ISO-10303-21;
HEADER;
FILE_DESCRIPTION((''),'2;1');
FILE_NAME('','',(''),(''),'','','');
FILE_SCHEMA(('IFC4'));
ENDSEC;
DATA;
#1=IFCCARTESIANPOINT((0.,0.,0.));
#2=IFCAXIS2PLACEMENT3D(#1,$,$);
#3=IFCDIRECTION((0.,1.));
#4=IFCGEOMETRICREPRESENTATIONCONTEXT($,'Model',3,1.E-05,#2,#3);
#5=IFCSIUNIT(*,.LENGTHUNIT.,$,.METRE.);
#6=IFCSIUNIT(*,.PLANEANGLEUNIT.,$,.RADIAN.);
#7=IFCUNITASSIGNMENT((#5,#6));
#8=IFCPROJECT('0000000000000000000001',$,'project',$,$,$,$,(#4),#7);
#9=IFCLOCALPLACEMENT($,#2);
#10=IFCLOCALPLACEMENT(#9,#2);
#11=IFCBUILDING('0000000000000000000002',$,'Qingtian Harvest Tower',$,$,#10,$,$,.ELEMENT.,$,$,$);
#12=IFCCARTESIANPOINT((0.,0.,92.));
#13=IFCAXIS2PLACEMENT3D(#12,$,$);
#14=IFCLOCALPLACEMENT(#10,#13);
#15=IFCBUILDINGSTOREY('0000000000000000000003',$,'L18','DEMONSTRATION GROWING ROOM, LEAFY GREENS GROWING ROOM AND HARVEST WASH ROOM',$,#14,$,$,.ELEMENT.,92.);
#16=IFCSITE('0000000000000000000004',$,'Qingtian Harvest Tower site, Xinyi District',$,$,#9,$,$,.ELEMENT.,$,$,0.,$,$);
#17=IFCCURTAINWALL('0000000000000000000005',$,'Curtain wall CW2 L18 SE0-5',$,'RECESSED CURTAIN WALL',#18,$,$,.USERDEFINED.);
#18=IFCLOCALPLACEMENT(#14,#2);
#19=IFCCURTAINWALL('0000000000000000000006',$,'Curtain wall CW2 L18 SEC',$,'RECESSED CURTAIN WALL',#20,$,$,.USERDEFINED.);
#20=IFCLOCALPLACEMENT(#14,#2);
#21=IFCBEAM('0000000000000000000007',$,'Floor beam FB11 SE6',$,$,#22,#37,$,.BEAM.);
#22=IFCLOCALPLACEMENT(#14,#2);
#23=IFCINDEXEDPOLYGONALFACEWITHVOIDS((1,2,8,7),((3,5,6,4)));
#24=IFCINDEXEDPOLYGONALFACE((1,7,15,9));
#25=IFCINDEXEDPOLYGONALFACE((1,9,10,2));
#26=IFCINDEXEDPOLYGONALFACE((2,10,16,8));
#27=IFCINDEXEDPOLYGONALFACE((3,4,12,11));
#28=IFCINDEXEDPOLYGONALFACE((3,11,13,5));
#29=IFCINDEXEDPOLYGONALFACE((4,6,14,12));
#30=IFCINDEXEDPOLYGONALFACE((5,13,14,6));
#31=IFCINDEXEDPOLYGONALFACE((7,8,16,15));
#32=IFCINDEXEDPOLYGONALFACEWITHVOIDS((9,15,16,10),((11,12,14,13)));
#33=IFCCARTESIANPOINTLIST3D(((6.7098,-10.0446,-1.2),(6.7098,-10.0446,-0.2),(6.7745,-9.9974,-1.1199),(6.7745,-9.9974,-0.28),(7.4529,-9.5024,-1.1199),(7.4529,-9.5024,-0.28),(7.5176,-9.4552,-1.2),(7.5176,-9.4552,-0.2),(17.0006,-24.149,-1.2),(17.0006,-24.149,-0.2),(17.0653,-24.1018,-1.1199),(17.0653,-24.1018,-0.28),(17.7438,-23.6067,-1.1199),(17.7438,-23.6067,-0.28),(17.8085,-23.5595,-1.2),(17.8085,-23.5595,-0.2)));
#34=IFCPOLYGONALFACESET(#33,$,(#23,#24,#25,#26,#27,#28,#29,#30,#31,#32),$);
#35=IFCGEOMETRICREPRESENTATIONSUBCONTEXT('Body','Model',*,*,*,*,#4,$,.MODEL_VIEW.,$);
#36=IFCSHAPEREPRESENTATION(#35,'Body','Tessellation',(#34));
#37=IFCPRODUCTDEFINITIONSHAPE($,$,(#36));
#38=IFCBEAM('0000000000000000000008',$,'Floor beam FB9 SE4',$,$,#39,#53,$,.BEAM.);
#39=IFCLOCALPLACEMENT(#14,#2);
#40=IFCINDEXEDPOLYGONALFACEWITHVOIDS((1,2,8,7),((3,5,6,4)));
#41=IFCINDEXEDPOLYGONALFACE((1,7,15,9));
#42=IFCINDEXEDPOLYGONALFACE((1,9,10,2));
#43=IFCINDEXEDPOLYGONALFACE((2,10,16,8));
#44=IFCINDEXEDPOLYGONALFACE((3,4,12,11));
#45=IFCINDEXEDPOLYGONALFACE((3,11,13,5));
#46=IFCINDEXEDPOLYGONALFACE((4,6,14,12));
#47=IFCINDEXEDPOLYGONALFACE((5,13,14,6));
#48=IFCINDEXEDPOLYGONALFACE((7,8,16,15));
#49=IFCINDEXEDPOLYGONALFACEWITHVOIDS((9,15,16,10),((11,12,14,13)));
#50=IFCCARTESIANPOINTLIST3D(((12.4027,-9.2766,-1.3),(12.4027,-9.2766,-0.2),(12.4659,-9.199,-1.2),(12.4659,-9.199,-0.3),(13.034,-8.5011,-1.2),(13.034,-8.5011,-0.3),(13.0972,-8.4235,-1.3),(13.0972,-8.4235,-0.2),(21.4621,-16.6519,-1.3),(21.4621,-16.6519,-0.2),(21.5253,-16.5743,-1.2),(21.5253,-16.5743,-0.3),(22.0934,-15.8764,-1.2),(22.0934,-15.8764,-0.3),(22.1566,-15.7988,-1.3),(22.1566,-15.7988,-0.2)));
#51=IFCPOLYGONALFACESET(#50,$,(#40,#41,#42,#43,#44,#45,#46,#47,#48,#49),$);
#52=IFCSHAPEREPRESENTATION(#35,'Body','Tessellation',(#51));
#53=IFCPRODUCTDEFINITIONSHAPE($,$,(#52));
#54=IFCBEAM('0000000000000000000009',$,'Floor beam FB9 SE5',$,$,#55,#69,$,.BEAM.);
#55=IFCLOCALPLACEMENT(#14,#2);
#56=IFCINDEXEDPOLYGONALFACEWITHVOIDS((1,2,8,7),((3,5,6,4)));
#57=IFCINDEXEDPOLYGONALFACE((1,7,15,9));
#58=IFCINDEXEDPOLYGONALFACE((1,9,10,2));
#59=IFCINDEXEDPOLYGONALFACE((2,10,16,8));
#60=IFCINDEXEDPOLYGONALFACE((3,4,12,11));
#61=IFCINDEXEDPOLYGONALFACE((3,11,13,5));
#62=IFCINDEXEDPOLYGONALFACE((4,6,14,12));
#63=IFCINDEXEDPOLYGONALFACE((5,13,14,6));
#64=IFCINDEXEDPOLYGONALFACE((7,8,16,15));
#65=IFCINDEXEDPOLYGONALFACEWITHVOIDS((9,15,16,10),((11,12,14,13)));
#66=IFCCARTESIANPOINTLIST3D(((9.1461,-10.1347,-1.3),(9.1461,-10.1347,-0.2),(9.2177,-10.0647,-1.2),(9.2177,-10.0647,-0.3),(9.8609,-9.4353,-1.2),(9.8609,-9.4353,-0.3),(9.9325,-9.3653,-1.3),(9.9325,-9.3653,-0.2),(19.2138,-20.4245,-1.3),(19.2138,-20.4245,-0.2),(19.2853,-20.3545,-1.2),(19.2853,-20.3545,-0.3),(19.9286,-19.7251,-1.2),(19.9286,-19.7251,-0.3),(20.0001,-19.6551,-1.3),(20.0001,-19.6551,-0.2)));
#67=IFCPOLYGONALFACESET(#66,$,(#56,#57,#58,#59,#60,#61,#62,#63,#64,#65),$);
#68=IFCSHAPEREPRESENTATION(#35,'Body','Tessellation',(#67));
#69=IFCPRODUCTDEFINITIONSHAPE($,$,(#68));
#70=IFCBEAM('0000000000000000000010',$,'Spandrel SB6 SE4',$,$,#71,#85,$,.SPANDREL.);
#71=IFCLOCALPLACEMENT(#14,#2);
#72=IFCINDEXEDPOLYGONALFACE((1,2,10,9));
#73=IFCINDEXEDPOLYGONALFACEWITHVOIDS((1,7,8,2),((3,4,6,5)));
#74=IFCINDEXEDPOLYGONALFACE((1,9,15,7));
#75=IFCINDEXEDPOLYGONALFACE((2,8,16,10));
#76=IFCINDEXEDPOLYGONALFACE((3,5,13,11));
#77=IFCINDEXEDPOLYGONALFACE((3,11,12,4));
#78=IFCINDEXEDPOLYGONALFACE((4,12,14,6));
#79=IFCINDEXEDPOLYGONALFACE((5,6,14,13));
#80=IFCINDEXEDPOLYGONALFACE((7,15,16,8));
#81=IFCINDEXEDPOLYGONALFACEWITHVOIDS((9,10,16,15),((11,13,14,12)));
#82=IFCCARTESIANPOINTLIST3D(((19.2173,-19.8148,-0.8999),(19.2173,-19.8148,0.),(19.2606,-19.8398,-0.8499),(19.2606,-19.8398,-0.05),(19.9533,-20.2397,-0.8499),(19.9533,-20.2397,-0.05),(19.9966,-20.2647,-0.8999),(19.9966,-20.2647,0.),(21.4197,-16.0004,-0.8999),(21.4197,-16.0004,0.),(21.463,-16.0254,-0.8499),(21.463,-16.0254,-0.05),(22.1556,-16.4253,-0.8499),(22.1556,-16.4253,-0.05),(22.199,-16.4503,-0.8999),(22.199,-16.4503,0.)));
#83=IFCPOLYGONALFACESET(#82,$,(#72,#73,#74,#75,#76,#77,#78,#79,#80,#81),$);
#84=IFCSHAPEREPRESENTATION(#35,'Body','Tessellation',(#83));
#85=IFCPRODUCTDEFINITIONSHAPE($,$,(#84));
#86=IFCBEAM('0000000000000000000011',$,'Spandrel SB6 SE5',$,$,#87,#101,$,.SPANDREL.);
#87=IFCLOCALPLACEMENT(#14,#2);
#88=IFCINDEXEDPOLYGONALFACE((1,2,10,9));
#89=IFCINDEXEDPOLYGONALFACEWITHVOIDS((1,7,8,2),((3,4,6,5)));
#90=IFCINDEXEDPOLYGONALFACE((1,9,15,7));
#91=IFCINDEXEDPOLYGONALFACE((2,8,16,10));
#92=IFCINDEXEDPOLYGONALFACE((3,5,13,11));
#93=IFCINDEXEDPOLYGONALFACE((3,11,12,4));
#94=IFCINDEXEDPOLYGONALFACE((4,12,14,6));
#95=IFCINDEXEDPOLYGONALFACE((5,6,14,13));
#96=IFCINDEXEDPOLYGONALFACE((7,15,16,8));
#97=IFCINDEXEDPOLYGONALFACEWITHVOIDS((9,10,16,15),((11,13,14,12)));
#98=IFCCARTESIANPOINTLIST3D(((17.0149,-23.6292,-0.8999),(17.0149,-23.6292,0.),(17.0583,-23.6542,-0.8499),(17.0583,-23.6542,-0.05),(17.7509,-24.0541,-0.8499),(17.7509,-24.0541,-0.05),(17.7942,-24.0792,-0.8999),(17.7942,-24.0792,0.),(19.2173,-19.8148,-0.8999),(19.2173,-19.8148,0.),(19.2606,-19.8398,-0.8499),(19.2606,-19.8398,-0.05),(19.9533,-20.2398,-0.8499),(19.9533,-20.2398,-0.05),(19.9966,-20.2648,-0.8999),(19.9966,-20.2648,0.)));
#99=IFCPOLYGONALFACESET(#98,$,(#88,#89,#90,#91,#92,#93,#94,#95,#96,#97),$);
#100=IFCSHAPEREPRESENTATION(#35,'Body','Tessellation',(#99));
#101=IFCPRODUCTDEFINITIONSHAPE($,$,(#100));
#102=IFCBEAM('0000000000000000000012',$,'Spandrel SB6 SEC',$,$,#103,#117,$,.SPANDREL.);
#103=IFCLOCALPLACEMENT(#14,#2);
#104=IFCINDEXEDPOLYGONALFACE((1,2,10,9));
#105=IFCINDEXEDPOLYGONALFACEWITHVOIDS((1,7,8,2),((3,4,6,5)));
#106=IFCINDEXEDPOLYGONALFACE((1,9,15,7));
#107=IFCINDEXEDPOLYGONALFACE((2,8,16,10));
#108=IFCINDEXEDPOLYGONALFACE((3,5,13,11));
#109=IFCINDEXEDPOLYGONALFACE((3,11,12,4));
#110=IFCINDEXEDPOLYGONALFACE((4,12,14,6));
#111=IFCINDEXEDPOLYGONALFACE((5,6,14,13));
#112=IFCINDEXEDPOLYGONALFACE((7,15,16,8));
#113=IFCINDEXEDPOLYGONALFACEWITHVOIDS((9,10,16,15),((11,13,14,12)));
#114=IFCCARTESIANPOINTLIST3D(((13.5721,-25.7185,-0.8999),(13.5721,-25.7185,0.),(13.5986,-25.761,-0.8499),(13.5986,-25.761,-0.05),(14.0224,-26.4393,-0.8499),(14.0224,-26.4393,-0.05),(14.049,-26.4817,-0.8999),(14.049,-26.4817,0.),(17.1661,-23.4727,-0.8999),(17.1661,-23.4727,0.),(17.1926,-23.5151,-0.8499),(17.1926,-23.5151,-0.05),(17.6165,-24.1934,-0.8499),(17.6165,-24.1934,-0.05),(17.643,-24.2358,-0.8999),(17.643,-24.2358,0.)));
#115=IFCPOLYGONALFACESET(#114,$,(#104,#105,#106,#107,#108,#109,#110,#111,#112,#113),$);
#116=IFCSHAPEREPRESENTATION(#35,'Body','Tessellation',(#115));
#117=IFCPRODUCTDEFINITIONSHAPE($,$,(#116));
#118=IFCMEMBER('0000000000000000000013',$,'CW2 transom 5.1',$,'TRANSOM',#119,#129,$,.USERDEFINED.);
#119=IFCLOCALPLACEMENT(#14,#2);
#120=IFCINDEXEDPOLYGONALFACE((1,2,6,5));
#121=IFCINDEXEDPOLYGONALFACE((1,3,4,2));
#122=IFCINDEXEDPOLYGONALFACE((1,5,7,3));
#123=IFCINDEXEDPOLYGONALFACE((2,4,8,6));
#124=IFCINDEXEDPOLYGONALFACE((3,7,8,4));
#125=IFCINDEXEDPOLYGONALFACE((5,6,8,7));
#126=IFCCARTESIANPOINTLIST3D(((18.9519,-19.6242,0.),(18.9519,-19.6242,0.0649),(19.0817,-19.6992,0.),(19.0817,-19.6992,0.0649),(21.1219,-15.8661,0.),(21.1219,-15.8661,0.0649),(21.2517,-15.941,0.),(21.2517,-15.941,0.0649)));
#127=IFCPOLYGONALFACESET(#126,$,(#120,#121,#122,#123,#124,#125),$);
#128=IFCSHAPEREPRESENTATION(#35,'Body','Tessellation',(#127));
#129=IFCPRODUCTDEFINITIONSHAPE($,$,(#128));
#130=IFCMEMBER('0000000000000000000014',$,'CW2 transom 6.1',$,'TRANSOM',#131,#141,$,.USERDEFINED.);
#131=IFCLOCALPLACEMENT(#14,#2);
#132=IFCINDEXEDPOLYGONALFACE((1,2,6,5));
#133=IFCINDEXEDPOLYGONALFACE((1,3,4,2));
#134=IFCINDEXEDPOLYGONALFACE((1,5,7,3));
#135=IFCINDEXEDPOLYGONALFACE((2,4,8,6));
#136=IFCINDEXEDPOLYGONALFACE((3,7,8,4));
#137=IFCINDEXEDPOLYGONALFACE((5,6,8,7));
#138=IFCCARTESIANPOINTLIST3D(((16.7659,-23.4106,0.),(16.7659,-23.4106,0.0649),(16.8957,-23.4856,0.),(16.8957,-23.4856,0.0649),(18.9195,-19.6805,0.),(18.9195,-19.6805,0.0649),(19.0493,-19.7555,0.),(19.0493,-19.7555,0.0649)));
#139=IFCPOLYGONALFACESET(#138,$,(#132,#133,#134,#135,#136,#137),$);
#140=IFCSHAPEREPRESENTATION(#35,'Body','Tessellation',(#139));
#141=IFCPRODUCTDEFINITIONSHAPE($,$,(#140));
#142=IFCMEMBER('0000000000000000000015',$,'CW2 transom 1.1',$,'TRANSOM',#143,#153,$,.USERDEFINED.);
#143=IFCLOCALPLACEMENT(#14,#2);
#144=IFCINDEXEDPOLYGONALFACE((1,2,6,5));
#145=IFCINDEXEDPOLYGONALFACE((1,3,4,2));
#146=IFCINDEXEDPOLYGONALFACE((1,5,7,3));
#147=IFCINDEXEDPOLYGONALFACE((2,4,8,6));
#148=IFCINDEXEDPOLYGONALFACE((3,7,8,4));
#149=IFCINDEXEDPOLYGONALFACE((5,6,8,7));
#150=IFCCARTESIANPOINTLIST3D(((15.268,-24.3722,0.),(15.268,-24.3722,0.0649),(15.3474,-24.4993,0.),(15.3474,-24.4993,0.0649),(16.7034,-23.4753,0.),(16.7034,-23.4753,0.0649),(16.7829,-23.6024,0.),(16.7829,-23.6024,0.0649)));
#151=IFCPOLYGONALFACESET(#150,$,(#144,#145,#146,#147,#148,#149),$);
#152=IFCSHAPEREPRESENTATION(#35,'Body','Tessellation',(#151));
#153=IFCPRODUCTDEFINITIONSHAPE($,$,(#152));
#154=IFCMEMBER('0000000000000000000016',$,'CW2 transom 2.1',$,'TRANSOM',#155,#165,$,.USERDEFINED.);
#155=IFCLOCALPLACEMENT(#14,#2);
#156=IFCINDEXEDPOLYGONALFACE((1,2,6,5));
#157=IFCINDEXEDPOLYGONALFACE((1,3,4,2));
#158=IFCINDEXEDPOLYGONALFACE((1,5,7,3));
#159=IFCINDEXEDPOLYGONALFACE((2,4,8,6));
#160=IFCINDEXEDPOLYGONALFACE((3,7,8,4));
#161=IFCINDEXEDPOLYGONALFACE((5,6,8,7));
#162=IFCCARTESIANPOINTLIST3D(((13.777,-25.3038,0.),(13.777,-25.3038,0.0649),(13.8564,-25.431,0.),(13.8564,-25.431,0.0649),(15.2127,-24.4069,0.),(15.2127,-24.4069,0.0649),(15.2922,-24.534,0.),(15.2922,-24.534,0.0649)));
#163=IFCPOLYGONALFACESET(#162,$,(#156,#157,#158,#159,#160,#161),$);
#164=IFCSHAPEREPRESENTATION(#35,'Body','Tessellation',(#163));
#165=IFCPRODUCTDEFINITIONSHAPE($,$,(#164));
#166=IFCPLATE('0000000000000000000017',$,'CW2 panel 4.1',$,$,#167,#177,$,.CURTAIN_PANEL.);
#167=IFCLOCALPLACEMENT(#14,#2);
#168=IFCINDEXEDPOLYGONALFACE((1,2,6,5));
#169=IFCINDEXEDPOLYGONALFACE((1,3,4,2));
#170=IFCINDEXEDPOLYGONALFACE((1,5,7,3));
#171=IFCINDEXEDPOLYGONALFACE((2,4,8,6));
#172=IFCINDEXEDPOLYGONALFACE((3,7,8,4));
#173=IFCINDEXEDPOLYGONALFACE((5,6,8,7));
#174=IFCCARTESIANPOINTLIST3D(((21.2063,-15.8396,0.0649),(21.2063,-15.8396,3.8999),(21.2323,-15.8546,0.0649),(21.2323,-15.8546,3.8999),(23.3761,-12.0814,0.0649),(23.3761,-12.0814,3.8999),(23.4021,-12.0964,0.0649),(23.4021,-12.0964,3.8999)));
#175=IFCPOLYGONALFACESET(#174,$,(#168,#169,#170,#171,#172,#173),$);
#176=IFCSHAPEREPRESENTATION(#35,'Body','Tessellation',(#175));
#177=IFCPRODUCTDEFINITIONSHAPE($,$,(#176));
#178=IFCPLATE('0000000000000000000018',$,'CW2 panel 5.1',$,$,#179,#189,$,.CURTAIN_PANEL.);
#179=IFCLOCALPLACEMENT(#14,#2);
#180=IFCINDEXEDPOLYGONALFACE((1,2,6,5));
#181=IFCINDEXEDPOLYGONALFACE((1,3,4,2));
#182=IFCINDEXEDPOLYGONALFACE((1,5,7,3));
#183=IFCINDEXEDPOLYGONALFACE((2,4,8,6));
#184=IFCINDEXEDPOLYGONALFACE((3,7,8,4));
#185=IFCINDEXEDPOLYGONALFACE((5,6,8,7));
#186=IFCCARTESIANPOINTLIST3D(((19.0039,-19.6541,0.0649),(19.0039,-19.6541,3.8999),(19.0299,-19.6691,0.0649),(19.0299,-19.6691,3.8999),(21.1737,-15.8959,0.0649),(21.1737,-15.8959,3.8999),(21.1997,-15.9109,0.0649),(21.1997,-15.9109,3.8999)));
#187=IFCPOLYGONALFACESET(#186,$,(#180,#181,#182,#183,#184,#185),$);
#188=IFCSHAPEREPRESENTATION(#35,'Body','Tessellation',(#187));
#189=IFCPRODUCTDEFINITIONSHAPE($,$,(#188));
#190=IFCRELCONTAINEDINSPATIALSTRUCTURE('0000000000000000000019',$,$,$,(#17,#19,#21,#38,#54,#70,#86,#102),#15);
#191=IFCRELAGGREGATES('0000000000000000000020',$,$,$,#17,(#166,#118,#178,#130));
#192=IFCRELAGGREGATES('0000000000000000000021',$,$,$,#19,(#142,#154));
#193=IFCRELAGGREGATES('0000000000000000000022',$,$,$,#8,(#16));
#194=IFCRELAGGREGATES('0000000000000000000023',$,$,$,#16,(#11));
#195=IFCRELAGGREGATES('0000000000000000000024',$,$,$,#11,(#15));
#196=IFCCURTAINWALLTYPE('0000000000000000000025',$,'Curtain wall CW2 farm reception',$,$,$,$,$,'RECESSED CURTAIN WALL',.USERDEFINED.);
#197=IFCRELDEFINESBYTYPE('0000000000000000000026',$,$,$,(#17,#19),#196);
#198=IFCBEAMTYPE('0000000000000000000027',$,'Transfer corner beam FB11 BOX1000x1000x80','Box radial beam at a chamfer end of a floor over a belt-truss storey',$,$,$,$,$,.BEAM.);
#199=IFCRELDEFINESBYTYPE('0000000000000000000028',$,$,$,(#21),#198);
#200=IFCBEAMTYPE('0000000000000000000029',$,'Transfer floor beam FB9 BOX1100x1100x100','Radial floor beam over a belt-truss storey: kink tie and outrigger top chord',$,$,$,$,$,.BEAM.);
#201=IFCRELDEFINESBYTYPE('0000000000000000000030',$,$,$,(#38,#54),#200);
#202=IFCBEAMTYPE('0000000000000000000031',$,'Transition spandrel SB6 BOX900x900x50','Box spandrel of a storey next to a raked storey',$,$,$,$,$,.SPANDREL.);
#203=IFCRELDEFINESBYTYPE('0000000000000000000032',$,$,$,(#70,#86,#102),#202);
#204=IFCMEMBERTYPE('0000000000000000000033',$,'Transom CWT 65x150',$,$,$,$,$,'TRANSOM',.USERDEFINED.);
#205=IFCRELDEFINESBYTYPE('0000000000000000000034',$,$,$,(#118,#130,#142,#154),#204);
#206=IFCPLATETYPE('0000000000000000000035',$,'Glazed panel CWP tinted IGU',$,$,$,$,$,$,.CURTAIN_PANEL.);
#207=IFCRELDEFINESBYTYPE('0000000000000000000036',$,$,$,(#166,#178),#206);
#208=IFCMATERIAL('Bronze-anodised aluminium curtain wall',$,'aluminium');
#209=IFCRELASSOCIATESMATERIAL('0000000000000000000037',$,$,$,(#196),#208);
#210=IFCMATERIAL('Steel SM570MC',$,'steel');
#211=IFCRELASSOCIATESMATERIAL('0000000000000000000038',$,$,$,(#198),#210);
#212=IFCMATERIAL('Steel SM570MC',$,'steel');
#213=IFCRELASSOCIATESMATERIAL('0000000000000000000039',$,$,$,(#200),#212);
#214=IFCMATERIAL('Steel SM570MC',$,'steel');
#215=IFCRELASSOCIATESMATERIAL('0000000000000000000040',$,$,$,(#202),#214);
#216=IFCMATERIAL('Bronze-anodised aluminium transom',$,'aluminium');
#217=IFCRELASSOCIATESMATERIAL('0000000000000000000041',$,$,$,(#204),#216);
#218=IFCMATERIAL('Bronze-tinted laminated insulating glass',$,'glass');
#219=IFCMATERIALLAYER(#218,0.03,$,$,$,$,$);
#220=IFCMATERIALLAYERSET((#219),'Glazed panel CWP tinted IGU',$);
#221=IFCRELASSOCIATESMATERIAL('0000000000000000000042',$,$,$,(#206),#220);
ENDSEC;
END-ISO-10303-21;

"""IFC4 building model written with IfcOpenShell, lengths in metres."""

from ifc_helpers import new_model, si_unit, direction, frame, origin, origin_2d, place, context, subcontext, project, spatial, rectangle, hollow_rectangle, extrude, material, layer, layer_set, material_profile, profile_set, type_object, element, aggregate, save


model = new_model("IFC4")

# Units and contexts
model_context = context("Model", 3, precision=1e-05, world=origin(), true_north=direction((0.0, 1.0)))
body_context = subcontext(model_context, "Body", "Model", "MODEL_VIEW")
ifc_project = project(units=[si_unit("LENGTHUNIT", "METRE"), si_unit("PLANEANGLEUNIT", "RADIAN")], contexts=[model_context])

# Site, building, storey
site_placement = place(None, origin())
site = spatial("IfcSite", under=ifc_project, at=site_placement, Name="Qingtian Harvest Tower site, Xinyi District", CompositionType="ELEMENT", RefElevation=0.0)
building_placement = place(site_placement, origin())
building = spatial("IfcBuilding", under=site, at=building_placement, Name="Qingtian Harvest Tower", CompositionType="ELEMENT")
storey_placement = place(building_placement, frame((0.0, 0.0, 92.0)))
storey = spatial("IfcBuildingStorey", under=building, at=storey_placement, Name="L18", Description="DEMONSTRATION GROWING ROOM, LEAFY GREENS GROWING ROOM AND HARVEST WASH ROOM", CompositionType="ELEMENT", Elevation=92.0)

# Curtain walls
ifc_material_1 = material(Name="Bronze-anodised aluminium curtain wall", Category="aluminium")
curtain_wall_type = type_object("IfcCurtainWallType", Name="Curtain wall CW2 farm reception", ElementType="RECESSED CURTAIN WALL", PredefinedType="USERDEFINED", material=ifc_material_1)
curtain_wall_1_placement = place(storey_placement, origin())
curtain_wall_1 = element("IfcCurtainWall", 1, at=curtain_wall_1_placement, inside=storey, type_object=curtain_wall_type, Name="Curtain wall CW2 L18 SE0-5", ObjectType="RECESSED CURTAIN WALL", PredefinedType="USERDEFINED")
curtain_wall_2_placement = place(storey_placement, origin())
curtain_wall_2 = element("IfcCurtainWall", 2, at=curtain_wall_2_placement, inside=storey, type_object=curtain_wall_type, Name="Curtain wall CW2 L18 SEC", ObjectType="RECESSED CURTAIN WALL", PredefinedType="USERDEFINED")

# Beams
ifc_material_2 = material(Name="Steel SM570MC", Category="steel")
ifc_material_profile_1 = material_profile(ifc_material_2, hollow_rectangle(XDim=1.0, YDim=1.0, WallThickness=0.0801, at=origin_2d()), Name="BOX1000x1000x80")
ifc_profile_set_1 = profile_set([ifc_material_profile_1], Name="Steel SM570MC")
beam_type_1 = type_object("IfcBeamType", Name="Transfer corner beam FB11 BOX1000x1000x80", Description="Box radial beam at a chamfer end of a floor over a belt-truss storey", PredefinedType="BEAM", material=ifc_profile_set_1)
beam_1_placement = place(storey_placement, frame((17.4045, -23.8542, -0.7), z_axis=(-0.589412, 0.807832, 0.0), x_axis=(-0.807832, -0.589412, 0.0)))
element("IfcBeam", 3, at=beam_1_placement, inside=storey, type_object=beam_type_1, Name="Floor beam FB11 SE6", PredefinedType="BEAM", context=body_context, shape_type="SweptSolid", body=[
    extrude(hollow_rectangle(XDim=1.0, YDim=1.0, WallThickness=0.0801, at=origin_2d()), origin(), (0.0, 0.0, 1.0), 17.4595),
])
ifc_material_3 = material(Name="Steel SM570MC", Category="steel")
ifc_material_profile_2 = material_profile(ifc_material_3, hollow_rectangle(XDim=1.1001, YDim=1.1001, WallThickness=0.1001, at=origin_2d()), Name="BOX1100x1100x100")
ifc_profile_set_2 = profile_set([ifc_material_profile_2], Name="Steel SM570MC")
beam_type_2 = type_object("IfcBeamType", Name="Transfer floor beam FB9 BOX1100x1100x100", Description="Radial floor beam over a belt-truss storey: kink tie and outrigger top chord", PredefinedType="BEAM", material=ifc_profile_set_2)
beam_2_placement = place(storey_placement, frame((21.8093, -16.2253, -0.75), z_axis=(-0.775504, 0.631342, 0.0), x_axis=(-0.631342, -0.775504, 0.0)))
element("IfcBeam", 4, at=beam_2_placement, inside=storey, type_object=beam_type_2, Name="Floor beam FB9 SE4", PredefinedType="BEAM", context=body_context, shape_type="SweptSolid", body=[
    extrude(hollow_rectangle(XDim=1.1001, YDim=1.1001, WallThickness=0.1001, at=origin_2d()), origin(), (0.0, 0.0, 1.0), 11.6819),
])
beam_3_placement = place(storey_placement, frame((19.6069, -20.0398, -0.75), z_axis=(-0.699348, 0.714781, 0.0), x_axis=(-0.714781, -0.699348, 0.0)))
element("IfcBeam", 5, at=beam_3_placement, inside=storey, type_object=beam_type_2, Name="Floor beam FB9 SE5", PredefinedType="BEAM", context=body_context, shape_type="SweptSolid", body=[
    extrude(hollow_rectangle(XDim=1.1001, YDim=1.1001, WallThickness=0.1001, at=origin_2d()), origin(), (0.0, 0.0, 1.0), 14.3958),
])
ifc_material_4 = material(Name="Steel SM570MC", Category="steel")
ifc_material_profile_3 = material_profile(ifc_material_4, hollow_rectangle(XDim=0.8999, YDim=0.8999, WallThickness=0.05, at=origin_2d()), Name="BOX900x900x50")
ifc_profile_set_3 = profile_set([ifc_material_profile_3], Name="Steel SM570MC")
beam_type_3 = type_object("IfcBeamType", Name="Transition spandrel SB6 BOX900x900x50", Description="Box spandrel of a storey next to a raked storey", PredefinedType="SPANDREL", material=ifc_profile_set_3)
for number, where, z_axis, x_axis, name in (
    (6, (21.8093, -16.2253, -0.45), (-0.50002, -0.866014, 0.0), (0.866014, -0.50002, 0.0), "Spandrel SB6 SE4"),
    (7, (19.6069, -20.0398, -0.45), (-0.50002, -0.866014, 0.0), (0.866014, -0.50002, 0.0), "Spandrel SB6 SE5"),
):
    element("IfcBeam", number, at=place(storey_placement, frame(where, z_axis=z_axis, x_axis=x_axis)), inside=storey, type_object=beam_type_3, Name=name, PredefinedType="SPANDREL", context=body_context, shape_type="SweptSolid", body=[
        extrude(hollow_rectangle(XDim=0.8999, YDim=0.8999, WallThickness=0.05, at=origin_2d()), origin(), (0.0, 0.0, 1.0), 4.4045),
    ])
beam_4_placement = place(storey_placement, frame((17.4045, -23.8542, -0.45), z_axis=(-0.84804, -0.529932, 0.0), x_axis=(0.529932, -0.84804, 0.0)))
element("IfcBeam", 8, at=beam_4_placement, inside=storey, type_object=beam_type_3, Name="Spandrel SB6 SEC", PredefinedType="SPANDREL", context=body_context, shape_type="SweptSolid", body=[
    extrude(hollow_rectangle(XDim=0.8999, YDim=0.8999, WallThickness=0.05, at=origin_2d()), origin(), (0.0, 0.0, 1.0), 4.238),
])

# Members
ifc_material_5 = material(Name="Bronze-anodised aluminium transom", Category="aluminium")
ifc_material_profile_4 = material_profile(ifc_material_5, rectangle(XDim=0.1499, YDim=0.0649, at=origin_2d()), Name="AL 65x150")
ifc_profile_set_4 = profile_set([ifc_material_profile_4], Name="Bronze-anodised aluminium transom")
member_type_1 = type_object("IfcMemberType", Name="Transom CWT 65x150", ElementType="TRANSOM", PredefinedType="USERDEFINED", material=ifc_profile_set_4)
member_1_placement = place(storey_placement, frame((21.1868, -15.9036, 0.0325), z_axis=(-0.500036, -0.866005, 0.0), x_axis=(0.866005, -0.500036, 0.0)))
member_1 = element("IfcMember", 9, at=member_1_placement, type_object=member_type_1, Name="CW2 transom 5.1", ObjectType="TRANSOM", PredefinedType="USERDEFINED", context=body_context, shape_type="SweptSolid", body=[
    extrude(rectangle(XDim=0.1499, YDim=0.0649, at=origin_2d()), origin(), (0.0, 0.0, 1.0), 4.3396),
])
member_2_placement = place(storey_placement, frame((18.9844, -19.718, 0.0325), z_axis=(-0.50001, -0.866019, 0.0), x_axis=(0.866019, -0.50001, 0.0)))
member_2 = element("IfcMember", 10, at=member_2_placement, type_object=member_type_1, Name="CW2 transom 6.1", ObjectType="TRANSOM", PredefinedType="USERDEFINED", context=body_context, shape_type="SweptSolid", body=[
    extrude(rectangle(XDim=0.1499, YDim=0.0649, at=origin_2d()), origin(), (0.0, 0.0, 1.0), 4.3071),
])
member_3_placement = place(storey_placement, frame((16.7432, -23.5388, 0.0325), z_axis=(-0.848063, -0.529895, 0.0), x_axis=(0.529895, -0.848063, 0.0)))
member_3 = element("IfcMember", 11, at=member_3_placement, type_object=member_type_1, Name="CW2 transom 1.1", ObjectType="TRANSOM", PredefinedType="USERDEFINED", context=body_context, shape_type="SweptSolid", body=[
    extrude(rectangle(XDim=0.1499, YDim=0.0649, at=origin_2d()), origin(), (0.0, 0.0, 1.0), 1.6926),
])
member_4_placement = place(storey_placement, frame((15.2524, -24.4705, 0.0325), z_axis=(-0.848104, -0.52983, 0.0), x_axis=(0.52983, -0.848104, 0.0)))
member_4 = element("IfcMember", 12, at=member_4_placement, type_object=member_type_1, Name="CW2 transom 2.1", ObjectType="TRANSOM", PredefinedType="USERDEFINED", context=body_context, shape_type="SweptSolid", body=[
    extrude(rectangle(XDim=0.1499, YDim=0.0649, at=origin_2d()), origin(), (0.0, 0.0, 1.0), 1.6929),
])

# Plates
ifc_material_6 = material(Name="Bronze-tinted laminated insulating glass", Category="glass")
ifc_layer_1 = layer(ifc_material_6, 0.03)
ifc_layer_set_1 = layer_set([ifc_layer_1], Name="Glazed panel CWP tinted IGU")
plate_type = type_object("IfcPlateType", Name="Glazed panel CWP tinted IGU", PredefinedType="CURTAIN_PANEL", material=ifc_layer_set_1)
plate_1_placement = place(storey_placement, frame((22.3042, -13.968, 0.0649), z_axis=(0.0, 0.0, 1.0), x_axis=(-0.5, -0.866025, 0.0)))
plate_1 = element("IfcPlate", 13, at=plate_1_placement, type_object=plate_type, Name="CW2 panel 4.1", PredefinedType="CURTAIN_PANEL", context=body_context, shape_type="SweptSolid", body=[
    extrude(rectangle(XDim=4.3396, YDim=0.03, at=origin_2d()), origin(), (0.0, 0.0, 1.0), 3.835),
])
plate_2_placement = place(storey_placement, frame((20.1018, -17.7825, 0.0649), z_axis=(0.0, 0.0, 1.0), x_axis=(-0.5, -0.866025, 0.0)))
plate_2 = element("IfcPlate", 14, at=plate_2_placement, type_object=plate_type, Name="CW2 panel 5.1", PredefinedType="CURTAIN_PANEL", context=body_context, shape_type="SweptSolid", body=[
    extrude(rectangle(XDim=4.3396, YDim=0.03, at=origin_2d()), origin(), (0.0, 0.0, 1.0), 3.835),
])
aggregate(curtain_wall_1, [plate_1, member_1, plate_2, member_2])
aggregate(curtain_wall_2, [member_3, member_4])

save(model, "model.ifc")
